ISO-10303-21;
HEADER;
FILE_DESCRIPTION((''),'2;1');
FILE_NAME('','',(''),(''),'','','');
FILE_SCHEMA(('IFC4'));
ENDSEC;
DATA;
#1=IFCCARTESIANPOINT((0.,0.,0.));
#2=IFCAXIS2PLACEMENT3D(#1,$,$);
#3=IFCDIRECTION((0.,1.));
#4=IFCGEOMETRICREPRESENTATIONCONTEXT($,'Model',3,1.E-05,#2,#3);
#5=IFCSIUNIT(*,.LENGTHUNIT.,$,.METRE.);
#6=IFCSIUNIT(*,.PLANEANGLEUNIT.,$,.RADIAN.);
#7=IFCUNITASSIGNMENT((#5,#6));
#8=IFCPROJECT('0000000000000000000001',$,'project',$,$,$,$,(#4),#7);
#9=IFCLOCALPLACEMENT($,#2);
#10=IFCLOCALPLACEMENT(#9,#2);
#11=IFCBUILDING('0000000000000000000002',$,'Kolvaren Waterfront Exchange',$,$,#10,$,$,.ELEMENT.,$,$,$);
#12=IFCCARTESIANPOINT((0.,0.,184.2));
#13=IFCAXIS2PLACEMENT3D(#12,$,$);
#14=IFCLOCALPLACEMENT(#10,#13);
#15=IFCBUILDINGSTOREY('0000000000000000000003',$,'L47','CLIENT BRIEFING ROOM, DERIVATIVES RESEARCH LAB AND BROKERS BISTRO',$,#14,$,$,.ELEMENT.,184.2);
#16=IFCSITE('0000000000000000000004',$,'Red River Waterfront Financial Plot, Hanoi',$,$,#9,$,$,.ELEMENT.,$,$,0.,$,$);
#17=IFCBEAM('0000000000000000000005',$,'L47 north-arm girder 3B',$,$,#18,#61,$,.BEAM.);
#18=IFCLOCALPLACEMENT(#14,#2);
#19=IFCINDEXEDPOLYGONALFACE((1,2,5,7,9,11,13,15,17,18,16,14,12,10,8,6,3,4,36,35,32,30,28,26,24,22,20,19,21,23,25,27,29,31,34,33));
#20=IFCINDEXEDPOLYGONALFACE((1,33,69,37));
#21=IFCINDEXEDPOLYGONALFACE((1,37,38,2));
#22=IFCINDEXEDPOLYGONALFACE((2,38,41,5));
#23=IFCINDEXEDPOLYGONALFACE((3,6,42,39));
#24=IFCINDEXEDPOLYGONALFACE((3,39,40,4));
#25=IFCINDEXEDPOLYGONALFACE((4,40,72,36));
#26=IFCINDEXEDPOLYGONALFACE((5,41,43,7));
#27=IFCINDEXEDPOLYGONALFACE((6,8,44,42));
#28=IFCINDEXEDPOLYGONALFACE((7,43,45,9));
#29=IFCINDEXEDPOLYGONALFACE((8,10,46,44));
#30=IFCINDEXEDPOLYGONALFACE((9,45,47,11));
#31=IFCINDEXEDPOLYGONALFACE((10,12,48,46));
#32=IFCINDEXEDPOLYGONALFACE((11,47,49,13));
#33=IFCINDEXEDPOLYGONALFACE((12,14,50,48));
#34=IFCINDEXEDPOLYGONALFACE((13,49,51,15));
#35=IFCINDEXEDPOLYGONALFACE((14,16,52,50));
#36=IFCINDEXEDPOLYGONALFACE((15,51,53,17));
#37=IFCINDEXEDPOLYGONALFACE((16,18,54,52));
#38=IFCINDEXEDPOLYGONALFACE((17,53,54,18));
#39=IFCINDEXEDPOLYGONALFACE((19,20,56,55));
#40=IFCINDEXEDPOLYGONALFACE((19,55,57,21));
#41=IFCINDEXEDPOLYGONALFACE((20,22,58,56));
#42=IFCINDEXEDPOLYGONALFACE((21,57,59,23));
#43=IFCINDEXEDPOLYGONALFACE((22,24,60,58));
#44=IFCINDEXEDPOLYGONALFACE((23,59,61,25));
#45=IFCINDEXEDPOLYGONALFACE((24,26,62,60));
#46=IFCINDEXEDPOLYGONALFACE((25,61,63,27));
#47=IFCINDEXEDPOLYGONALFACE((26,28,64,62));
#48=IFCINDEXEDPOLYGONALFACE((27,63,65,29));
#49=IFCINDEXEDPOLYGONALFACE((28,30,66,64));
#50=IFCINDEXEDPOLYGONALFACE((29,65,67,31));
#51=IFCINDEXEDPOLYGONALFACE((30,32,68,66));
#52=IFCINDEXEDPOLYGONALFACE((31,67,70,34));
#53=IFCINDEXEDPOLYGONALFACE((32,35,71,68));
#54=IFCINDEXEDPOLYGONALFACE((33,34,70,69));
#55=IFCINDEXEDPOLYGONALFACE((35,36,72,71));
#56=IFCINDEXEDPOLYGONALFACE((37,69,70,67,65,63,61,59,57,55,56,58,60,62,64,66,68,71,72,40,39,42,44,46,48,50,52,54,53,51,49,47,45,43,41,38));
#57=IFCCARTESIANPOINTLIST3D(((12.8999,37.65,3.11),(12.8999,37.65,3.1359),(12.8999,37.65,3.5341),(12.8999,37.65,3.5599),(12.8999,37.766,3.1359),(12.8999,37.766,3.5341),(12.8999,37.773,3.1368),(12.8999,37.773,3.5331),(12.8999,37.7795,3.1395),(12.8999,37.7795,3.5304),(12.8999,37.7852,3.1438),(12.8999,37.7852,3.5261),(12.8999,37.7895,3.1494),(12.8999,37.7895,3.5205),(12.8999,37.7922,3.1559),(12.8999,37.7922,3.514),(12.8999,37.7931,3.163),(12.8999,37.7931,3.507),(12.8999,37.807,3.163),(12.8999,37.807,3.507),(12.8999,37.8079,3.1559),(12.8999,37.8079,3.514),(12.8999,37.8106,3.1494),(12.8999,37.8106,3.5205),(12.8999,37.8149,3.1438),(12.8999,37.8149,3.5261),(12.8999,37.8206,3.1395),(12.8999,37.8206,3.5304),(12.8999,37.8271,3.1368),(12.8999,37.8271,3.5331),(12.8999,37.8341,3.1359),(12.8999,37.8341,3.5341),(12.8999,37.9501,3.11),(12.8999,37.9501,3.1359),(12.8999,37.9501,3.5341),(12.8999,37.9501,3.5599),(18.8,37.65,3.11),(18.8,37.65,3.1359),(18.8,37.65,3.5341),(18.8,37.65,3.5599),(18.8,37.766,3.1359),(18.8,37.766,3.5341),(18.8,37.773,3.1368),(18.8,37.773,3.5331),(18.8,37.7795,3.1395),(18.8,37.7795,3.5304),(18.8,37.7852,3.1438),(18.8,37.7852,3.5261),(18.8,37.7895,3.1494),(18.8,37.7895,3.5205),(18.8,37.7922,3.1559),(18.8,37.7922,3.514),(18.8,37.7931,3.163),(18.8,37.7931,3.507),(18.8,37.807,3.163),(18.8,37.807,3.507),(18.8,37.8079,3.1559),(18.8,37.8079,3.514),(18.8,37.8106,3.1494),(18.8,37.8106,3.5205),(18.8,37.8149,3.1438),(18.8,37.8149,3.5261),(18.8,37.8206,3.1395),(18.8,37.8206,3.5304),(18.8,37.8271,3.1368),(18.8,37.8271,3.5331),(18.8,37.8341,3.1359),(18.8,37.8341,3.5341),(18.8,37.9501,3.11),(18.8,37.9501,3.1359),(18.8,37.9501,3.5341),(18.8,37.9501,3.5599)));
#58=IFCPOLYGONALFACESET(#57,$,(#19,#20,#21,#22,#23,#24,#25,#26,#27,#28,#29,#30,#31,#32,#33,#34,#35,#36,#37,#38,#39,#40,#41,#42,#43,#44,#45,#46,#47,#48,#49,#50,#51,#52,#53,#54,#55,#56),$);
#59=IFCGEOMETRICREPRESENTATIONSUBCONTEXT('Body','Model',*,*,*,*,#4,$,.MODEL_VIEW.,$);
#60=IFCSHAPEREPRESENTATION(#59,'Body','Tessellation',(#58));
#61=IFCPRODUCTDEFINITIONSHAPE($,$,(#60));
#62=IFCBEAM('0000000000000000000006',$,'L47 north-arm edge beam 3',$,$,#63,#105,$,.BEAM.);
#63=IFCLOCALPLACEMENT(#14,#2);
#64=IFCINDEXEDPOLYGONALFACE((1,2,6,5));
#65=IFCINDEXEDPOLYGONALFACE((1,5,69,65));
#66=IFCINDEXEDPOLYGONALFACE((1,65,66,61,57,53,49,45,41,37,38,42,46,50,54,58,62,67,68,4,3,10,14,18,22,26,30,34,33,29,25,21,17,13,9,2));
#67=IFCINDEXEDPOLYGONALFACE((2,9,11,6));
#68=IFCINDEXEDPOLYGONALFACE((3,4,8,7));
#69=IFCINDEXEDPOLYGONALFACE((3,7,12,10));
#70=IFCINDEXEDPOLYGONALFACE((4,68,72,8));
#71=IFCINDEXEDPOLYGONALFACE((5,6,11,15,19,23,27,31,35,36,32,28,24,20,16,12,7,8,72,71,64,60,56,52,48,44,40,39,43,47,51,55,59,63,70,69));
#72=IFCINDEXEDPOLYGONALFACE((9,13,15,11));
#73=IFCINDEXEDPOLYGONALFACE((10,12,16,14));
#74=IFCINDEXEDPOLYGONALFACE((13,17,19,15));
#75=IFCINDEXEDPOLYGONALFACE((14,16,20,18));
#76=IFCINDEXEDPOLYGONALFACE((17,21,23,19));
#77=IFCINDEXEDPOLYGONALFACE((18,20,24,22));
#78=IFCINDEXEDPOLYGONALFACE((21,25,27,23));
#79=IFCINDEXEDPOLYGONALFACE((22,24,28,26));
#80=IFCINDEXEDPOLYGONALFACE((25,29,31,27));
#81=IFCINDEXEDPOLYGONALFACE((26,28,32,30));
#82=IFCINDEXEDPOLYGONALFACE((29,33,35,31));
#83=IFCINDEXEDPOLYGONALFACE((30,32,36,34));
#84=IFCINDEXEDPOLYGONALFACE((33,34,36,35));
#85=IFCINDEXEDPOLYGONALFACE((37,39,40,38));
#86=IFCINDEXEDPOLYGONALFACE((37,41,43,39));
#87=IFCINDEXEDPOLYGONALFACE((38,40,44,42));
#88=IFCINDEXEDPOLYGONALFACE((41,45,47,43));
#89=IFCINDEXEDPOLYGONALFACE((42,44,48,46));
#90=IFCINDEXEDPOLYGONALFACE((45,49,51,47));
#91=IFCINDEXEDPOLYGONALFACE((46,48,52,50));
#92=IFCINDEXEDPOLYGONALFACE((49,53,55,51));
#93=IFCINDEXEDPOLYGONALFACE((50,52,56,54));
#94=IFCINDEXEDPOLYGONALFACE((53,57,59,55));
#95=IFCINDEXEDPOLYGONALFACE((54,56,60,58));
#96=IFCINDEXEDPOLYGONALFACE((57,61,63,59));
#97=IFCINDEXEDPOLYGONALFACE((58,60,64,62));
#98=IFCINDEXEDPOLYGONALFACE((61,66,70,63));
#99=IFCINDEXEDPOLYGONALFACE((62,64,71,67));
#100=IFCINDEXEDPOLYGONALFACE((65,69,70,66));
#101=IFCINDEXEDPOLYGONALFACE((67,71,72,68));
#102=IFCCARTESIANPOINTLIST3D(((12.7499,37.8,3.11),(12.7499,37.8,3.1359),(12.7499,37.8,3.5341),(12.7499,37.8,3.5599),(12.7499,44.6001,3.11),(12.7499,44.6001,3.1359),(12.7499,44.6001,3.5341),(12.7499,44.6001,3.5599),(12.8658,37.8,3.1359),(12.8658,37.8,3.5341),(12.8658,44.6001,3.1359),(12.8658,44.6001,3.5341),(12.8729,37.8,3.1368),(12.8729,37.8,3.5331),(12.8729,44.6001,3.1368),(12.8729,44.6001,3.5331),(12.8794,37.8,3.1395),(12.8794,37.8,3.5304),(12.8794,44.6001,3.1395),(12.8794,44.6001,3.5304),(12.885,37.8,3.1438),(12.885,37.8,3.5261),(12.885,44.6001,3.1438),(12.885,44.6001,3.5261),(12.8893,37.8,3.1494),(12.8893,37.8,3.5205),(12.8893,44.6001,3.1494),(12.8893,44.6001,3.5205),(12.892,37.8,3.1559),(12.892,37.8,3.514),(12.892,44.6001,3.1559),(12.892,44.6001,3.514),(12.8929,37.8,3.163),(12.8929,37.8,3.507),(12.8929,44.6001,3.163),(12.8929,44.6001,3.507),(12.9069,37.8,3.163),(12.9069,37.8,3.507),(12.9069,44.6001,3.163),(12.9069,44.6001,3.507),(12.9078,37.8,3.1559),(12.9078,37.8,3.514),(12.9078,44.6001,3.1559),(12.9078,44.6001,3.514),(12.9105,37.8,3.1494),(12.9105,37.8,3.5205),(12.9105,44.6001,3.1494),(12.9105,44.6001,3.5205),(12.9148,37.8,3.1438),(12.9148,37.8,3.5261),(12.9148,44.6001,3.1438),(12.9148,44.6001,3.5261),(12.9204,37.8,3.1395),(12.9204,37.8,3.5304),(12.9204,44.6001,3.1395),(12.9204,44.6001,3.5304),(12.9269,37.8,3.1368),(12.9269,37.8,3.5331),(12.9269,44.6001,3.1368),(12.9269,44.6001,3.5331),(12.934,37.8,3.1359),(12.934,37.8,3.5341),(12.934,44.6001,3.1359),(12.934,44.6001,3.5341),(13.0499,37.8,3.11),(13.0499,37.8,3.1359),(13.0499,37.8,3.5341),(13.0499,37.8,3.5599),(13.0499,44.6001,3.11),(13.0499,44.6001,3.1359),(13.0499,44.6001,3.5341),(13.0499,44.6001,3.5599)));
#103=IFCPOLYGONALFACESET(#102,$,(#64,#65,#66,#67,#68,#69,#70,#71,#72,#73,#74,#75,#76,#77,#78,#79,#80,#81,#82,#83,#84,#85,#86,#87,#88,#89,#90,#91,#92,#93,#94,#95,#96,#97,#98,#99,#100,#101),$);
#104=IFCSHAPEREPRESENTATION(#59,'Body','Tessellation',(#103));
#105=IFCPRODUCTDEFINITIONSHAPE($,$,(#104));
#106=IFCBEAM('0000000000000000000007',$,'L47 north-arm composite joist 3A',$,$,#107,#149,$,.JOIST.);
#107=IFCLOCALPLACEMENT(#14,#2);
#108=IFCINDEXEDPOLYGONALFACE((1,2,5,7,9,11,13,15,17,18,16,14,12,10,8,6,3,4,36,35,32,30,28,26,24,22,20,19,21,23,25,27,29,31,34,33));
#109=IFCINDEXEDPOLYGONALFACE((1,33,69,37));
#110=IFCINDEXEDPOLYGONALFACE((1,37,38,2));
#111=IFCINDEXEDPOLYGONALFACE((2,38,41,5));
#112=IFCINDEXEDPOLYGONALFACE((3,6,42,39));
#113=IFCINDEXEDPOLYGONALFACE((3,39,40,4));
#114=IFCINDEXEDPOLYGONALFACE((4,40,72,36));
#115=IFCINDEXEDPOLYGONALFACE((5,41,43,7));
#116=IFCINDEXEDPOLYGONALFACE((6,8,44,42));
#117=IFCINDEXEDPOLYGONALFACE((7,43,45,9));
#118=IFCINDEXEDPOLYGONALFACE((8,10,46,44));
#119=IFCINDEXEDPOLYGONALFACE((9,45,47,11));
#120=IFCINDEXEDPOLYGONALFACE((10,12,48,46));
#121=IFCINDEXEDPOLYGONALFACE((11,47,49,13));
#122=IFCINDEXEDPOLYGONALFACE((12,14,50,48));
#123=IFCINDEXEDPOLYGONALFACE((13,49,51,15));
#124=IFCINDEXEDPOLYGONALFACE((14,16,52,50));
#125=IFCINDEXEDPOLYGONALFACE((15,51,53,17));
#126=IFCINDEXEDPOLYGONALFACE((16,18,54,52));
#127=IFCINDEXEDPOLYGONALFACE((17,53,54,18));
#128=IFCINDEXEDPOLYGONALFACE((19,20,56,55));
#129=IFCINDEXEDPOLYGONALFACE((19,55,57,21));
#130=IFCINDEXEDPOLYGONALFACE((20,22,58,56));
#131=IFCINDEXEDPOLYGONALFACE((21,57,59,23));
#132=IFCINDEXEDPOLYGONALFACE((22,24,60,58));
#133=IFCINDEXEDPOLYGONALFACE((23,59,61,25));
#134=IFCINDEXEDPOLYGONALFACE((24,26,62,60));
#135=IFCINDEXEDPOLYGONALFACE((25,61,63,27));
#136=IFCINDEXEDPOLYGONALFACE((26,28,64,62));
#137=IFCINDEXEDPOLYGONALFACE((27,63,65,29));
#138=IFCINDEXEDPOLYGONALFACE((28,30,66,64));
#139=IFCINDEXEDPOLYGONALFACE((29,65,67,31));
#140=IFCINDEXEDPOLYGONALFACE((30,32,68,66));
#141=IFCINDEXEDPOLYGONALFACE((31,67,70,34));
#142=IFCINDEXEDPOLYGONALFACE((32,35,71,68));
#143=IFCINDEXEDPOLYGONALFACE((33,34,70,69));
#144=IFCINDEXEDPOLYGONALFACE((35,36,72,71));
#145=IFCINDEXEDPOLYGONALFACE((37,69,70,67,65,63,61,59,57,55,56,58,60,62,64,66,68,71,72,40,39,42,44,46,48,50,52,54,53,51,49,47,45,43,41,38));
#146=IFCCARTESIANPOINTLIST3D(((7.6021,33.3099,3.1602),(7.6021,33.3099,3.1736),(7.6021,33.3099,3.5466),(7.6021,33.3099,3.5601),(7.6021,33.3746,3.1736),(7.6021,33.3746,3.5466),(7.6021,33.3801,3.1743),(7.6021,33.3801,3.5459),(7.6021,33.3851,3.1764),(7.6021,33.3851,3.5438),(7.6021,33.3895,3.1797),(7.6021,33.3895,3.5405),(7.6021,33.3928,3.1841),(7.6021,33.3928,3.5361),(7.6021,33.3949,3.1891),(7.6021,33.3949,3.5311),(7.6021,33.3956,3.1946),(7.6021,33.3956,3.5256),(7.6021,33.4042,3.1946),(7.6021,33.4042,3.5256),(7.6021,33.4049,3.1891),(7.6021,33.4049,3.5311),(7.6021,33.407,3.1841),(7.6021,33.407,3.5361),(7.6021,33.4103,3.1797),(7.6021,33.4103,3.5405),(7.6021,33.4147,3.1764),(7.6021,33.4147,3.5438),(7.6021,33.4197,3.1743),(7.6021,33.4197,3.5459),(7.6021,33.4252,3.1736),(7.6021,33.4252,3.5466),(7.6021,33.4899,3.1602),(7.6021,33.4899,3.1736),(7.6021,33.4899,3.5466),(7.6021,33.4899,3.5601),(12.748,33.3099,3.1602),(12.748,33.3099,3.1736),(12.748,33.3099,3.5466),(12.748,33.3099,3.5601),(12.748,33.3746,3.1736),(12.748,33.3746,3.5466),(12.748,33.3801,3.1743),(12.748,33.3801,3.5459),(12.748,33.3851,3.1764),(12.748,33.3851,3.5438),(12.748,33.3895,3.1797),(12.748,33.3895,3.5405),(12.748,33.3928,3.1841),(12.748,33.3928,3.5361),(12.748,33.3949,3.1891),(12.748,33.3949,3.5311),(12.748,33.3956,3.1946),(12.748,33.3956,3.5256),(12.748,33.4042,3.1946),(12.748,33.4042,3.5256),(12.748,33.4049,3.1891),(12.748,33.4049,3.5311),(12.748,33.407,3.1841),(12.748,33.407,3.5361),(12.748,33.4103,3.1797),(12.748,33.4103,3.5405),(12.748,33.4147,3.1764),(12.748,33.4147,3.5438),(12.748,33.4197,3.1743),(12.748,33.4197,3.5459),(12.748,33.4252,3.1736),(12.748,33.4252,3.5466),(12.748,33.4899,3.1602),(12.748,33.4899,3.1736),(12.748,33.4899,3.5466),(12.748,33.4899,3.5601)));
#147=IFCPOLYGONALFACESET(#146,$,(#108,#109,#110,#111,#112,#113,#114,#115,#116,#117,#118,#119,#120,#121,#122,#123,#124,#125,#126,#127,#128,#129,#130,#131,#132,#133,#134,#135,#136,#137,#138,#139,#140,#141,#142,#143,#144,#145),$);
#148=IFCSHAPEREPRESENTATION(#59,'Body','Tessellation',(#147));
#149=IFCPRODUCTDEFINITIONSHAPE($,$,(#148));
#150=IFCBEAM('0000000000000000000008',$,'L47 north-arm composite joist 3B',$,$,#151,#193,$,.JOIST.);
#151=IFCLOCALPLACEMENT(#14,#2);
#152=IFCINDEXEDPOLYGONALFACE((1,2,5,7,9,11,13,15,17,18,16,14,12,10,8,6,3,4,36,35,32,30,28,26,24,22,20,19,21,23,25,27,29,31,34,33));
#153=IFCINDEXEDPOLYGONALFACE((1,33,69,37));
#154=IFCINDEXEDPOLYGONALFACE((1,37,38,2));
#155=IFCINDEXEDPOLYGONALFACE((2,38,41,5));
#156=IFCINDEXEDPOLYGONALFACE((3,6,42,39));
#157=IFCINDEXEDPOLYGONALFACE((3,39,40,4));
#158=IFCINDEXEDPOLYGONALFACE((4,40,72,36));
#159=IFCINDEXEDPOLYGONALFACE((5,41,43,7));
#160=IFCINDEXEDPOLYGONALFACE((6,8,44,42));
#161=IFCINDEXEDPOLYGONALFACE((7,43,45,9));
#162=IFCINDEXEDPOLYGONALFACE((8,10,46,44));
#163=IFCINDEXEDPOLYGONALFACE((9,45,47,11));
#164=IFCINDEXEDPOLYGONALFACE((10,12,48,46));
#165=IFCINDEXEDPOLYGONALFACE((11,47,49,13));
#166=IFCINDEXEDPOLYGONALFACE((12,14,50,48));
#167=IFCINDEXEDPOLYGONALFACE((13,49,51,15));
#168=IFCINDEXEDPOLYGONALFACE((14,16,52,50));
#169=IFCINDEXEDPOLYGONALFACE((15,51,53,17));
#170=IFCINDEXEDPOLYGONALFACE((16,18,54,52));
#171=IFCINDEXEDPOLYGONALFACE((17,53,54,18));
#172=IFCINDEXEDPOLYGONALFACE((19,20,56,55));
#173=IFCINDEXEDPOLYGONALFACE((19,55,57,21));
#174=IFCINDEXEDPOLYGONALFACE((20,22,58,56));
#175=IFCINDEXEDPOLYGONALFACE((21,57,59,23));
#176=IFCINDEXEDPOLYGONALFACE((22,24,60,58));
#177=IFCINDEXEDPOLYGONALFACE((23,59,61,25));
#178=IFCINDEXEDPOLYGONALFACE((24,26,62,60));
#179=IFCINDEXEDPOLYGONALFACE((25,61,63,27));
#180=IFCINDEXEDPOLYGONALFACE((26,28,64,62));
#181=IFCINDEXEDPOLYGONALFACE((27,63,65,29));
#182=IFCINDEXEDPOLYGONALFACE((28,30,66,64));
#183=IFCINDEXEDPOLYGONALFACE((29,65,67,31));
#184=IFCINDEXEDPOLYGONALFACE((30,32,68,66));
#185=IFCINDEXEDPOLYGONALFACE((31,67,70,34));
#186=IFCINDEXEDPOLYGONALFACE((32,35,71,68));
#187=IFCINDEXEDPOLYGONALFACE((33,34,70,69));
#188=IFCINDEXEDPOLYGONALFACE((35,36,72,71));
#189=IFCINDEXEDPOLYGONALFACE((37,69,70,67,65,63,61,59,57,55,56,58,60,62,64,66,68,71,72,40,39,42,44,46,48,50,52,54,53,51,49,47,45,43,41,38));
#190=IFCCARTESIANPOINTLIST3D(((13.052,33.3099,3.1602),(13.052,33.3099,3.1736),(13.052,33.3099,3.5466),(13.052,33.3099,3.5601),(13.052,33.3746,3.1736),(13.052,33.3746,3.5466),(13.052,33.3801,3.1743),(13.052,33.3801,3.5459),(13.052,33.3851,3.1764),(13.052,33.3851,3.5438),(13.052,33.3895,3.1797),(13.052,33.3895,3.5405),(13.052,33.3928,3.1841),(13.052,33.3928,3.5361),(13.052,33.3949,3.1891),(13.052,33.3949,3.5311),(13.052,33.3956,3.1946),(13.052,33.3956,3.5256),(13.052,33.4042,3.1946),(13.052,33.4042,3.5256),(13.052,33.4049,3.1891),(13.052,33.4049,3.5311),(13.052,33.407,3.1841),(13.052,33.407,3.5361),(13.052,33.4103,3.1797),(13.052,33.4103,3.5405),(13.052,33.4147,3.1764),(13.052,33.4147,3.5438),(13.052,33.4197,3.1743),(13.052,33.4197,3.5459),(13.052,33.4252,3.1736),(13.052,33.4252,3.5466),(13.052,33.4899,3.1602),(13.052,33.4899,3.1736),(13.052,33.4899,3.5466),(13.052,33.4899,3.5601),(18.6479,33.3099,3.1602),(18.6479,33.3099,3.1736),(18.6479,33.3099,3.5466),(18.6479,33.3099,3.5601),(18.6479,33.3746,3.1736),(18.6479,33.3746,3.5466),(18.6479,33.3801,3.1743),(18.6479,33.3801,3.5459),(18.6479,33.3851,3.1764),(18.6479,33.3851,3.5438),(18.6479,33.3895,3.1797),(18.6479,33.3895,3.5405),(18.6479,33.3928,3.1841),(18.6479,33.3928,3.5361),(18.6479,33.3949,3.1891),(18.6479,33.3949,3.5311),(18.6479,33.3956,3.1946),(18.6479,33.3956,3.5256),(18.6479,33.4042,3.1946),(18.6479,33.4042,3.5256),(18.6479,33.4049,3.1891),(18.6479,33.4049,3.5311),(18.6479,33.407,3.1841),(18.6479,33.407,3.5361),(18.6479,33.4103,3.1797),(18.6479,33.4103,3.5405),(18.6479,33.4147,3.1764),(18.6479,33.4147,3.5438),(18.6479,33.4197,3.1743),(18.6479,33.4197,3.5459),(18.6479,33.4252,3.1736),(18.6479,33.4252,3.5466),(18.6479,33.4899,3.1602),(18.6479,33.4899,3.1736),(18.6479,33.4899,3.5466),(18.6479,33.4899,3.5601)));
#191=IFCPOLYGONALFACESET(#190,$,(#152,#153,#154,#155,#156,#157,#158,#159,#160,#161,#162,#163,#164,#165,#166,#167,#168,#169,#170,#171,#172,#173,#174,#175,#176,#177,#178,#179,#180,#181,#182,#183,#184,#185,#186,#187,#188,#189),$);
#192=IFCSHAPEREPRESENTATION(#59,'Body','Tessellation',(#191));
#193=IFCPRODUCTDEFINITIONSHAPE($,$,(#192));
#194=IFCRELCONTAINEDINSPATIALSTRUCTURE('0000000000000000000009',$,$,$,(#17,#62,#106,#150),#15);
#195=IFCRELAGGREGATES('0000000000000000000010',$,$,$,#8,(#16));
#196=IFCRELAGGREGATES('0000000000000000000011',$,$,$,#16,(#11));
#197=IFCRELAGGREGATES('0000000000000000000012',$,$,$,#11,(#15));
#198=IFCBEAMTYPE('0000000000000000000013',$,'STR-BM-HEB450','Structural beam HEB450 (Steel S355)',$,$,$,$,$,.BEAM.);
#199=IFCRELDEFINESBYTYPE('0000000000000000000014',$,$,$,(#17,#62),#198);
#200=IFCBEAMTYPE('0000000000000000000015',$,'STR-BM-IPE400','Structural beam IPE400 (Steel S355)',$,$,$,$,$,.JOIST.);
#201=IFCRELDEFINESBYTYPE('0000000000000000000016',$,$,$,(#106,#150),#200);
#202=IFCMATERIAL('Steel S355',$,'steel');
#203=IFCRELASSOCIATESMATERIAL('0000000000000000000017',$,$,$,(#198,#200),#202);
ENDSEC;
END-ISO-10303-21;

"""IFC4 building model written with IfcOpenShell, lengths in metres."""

from ifc_helpers import new_model, si_unit, direction, frame, origin, origin_2d, place, context, subcontext, project, spatial, i_section, extrude, material, material_profile, profile_set, type_object, element, save


model = new_model("IFC4")

# Units and contexts
model_context = context("Model", 3, precision=1e-05, world=origin(), true_north=direction((0.0, 1.0)))
body_context = subcontext(model_context, "Body", "Model", "MODEL_VIEW")
ifc_project = project(units=[si_unit("LENGTHUNIT", "METRE"), si_unit("PLANEANGLEUNIT", "RADIAN")], contexts=[model_context])

# Site, building, storey
site_placement = place(None, origin())
site = spatial("IfcSite", under=ifc_project, at=site_placement, Name="Red River Waterfront Financial Plot, Hanoi", CompositionType="ELEMENT", RefElevation=0.0)
building_placement = place(site_placement, origin())
building = spatial("IfcBuilding", under=site, at=building_placement, Name="Kolvaren Waterfront Exchange", CompositionType="ELEMENT")
storey_placement = place(building_placement, frame((0.0, 0.0, 184.2)))
storey = spatial("IfcBuildingStorey", under=building, at=storey_placement, Name="L47", Description="CLIENT BRIEFING ROOM, DERIVATIVES RESEARCH LAB AND BROKERS BISTRO", CompositionType="ELEMENT", Elevation=184.2)

# Beams
ifc_material_1 = material(Name="Steel S355", Category="steel")
ifc_material_profile_1 = material_profile(ifc_material_1, i_section(OverallWidth=0.3, OverallDepth=0.45, WebThickness=0.0139, FlangeThickness=0.0259, FilletRadius=0.0271, at=origin_2d()), Name="HEB450")
ifc_profile_set_1 = profile_set([ifc_material_profile_1], Name="Steel S355")
beam_type_1 = type_object("IfcBeamType", Name="STR-BM-HEB450", Description="Structural beam HEB450 (Steel S355)", PredefinedType="BEAM", material=ifc_profile_set_1)
beam_1_placement = place(storey_placement, frame((12.8999, 37.8, 3.335), z_axis=(1.0, 0.0, 0.0), x_axis=(0.0, 1.0, 0.0)))
element("IfcBeam", 1, at=beam_1_placement, inside=storey, type_object=beam_type_1, Name="L47 north-arm girder 3B", PredefinedType="BEAM", context=body_context, shape_type="SweptSolid", body=[
    extrude(i_section(OverallWidth=0.3, OverallDepth=0.45, WebThickness=0.0139, FlangeThickness=0.0259, FilletRadius=0.0271, at=origin_2d()), origin(), (0.0, 0.0, 1.0), 5.9001),
])
beam_2_placement = place(storey_placement, frame((12.8999, 37.8, 3.335), z_axis=(0.0, 1.0, 0.0), x_axis=(-1.0, 0.0, 0.0)))
element("IfcBeam", 2, at=beam_2_placement, inside=storey, type_object=beam_type_1, Name="L47 north-arm edge beam 3", PredefinedType="BEAM", context=body_context, shape_type="SweptSolid", body=[
    extrude(i_section(OverallWidth=0.3, OverallDepth=0.45, WebThickness=0.0139, FlangeThickness=0.0259, FilletRadius=0.0271, at=origin_2d()), origin(), (0.0, 0.0, 1.0), 6.8),
])
ifc_material_profile_2 = material_profile(ifc_material_1, i_section(OverallWidth=0.1799, OverallDepth=0.3999, WebThickness=0.0085, FlangeThickness=0.0134, FilletRadius=0.021, at=origin_2d()), Name="IPE400")
ifc_profile_set_2 = profile_set([ifc_material_profile_2], Name="Steel S355")
beam_type_2 = type_object("IfcBeamType", Name="STR-BM-IPE400", Description="Structural beam IPE400 (Steel S355)", PredefinedType="JOIST", material=ifc_profile_set_2)
beam_3_placement = place(storey_placement, frame((7.6021, 33.3999, 3.3601), z_axis=(1.0, 0.0, 0.0), x_axis=(0.0, 1.0, 0.0)))
element("IfcBeam", 3, at=beam_3_placement, inside=storey, type_object=beam_type_2, Name="L47 north-arm composite joist 3A", PredefinedType="JOIST", context=body_context, shape_type="SweptSolid", body=[
    extrude(i_section(OverallWidth=0.1799, OverallDepth=0.3999, WebThickness=0.0085, FlangeThickness=0.0134, FilletRadius=0.021, at=origin_2d()), origin(), (0.0, 0.0, 1.0), 5.146),
])
beam_4_placement = place(storey_placement, frame((13.052, 33.3999, 3.3601), z_axis=(1.0, 0.0, 0.0), x_axis=(0.0, 1.0, 0.0)))
element("IfcBeam", 4, at=beam_4_placement, inside=storey, type_object=beam_type_2, Name="L47 north-arm composite joist 3B", PredefinedType="JOIST", context=body_context, shape_type="SweptSolid", body=[
    extrude(i_section(OverallWidth=0.1799, OverallDepth=0.3999, WebThickness=0.0085, FlangeThickness=0.0134, FilletRadius=0.021, at=origin_2d()), origin(), (0.0, 0.0, 1.0), 5.5959),
])

save(model, "model.ifc")
